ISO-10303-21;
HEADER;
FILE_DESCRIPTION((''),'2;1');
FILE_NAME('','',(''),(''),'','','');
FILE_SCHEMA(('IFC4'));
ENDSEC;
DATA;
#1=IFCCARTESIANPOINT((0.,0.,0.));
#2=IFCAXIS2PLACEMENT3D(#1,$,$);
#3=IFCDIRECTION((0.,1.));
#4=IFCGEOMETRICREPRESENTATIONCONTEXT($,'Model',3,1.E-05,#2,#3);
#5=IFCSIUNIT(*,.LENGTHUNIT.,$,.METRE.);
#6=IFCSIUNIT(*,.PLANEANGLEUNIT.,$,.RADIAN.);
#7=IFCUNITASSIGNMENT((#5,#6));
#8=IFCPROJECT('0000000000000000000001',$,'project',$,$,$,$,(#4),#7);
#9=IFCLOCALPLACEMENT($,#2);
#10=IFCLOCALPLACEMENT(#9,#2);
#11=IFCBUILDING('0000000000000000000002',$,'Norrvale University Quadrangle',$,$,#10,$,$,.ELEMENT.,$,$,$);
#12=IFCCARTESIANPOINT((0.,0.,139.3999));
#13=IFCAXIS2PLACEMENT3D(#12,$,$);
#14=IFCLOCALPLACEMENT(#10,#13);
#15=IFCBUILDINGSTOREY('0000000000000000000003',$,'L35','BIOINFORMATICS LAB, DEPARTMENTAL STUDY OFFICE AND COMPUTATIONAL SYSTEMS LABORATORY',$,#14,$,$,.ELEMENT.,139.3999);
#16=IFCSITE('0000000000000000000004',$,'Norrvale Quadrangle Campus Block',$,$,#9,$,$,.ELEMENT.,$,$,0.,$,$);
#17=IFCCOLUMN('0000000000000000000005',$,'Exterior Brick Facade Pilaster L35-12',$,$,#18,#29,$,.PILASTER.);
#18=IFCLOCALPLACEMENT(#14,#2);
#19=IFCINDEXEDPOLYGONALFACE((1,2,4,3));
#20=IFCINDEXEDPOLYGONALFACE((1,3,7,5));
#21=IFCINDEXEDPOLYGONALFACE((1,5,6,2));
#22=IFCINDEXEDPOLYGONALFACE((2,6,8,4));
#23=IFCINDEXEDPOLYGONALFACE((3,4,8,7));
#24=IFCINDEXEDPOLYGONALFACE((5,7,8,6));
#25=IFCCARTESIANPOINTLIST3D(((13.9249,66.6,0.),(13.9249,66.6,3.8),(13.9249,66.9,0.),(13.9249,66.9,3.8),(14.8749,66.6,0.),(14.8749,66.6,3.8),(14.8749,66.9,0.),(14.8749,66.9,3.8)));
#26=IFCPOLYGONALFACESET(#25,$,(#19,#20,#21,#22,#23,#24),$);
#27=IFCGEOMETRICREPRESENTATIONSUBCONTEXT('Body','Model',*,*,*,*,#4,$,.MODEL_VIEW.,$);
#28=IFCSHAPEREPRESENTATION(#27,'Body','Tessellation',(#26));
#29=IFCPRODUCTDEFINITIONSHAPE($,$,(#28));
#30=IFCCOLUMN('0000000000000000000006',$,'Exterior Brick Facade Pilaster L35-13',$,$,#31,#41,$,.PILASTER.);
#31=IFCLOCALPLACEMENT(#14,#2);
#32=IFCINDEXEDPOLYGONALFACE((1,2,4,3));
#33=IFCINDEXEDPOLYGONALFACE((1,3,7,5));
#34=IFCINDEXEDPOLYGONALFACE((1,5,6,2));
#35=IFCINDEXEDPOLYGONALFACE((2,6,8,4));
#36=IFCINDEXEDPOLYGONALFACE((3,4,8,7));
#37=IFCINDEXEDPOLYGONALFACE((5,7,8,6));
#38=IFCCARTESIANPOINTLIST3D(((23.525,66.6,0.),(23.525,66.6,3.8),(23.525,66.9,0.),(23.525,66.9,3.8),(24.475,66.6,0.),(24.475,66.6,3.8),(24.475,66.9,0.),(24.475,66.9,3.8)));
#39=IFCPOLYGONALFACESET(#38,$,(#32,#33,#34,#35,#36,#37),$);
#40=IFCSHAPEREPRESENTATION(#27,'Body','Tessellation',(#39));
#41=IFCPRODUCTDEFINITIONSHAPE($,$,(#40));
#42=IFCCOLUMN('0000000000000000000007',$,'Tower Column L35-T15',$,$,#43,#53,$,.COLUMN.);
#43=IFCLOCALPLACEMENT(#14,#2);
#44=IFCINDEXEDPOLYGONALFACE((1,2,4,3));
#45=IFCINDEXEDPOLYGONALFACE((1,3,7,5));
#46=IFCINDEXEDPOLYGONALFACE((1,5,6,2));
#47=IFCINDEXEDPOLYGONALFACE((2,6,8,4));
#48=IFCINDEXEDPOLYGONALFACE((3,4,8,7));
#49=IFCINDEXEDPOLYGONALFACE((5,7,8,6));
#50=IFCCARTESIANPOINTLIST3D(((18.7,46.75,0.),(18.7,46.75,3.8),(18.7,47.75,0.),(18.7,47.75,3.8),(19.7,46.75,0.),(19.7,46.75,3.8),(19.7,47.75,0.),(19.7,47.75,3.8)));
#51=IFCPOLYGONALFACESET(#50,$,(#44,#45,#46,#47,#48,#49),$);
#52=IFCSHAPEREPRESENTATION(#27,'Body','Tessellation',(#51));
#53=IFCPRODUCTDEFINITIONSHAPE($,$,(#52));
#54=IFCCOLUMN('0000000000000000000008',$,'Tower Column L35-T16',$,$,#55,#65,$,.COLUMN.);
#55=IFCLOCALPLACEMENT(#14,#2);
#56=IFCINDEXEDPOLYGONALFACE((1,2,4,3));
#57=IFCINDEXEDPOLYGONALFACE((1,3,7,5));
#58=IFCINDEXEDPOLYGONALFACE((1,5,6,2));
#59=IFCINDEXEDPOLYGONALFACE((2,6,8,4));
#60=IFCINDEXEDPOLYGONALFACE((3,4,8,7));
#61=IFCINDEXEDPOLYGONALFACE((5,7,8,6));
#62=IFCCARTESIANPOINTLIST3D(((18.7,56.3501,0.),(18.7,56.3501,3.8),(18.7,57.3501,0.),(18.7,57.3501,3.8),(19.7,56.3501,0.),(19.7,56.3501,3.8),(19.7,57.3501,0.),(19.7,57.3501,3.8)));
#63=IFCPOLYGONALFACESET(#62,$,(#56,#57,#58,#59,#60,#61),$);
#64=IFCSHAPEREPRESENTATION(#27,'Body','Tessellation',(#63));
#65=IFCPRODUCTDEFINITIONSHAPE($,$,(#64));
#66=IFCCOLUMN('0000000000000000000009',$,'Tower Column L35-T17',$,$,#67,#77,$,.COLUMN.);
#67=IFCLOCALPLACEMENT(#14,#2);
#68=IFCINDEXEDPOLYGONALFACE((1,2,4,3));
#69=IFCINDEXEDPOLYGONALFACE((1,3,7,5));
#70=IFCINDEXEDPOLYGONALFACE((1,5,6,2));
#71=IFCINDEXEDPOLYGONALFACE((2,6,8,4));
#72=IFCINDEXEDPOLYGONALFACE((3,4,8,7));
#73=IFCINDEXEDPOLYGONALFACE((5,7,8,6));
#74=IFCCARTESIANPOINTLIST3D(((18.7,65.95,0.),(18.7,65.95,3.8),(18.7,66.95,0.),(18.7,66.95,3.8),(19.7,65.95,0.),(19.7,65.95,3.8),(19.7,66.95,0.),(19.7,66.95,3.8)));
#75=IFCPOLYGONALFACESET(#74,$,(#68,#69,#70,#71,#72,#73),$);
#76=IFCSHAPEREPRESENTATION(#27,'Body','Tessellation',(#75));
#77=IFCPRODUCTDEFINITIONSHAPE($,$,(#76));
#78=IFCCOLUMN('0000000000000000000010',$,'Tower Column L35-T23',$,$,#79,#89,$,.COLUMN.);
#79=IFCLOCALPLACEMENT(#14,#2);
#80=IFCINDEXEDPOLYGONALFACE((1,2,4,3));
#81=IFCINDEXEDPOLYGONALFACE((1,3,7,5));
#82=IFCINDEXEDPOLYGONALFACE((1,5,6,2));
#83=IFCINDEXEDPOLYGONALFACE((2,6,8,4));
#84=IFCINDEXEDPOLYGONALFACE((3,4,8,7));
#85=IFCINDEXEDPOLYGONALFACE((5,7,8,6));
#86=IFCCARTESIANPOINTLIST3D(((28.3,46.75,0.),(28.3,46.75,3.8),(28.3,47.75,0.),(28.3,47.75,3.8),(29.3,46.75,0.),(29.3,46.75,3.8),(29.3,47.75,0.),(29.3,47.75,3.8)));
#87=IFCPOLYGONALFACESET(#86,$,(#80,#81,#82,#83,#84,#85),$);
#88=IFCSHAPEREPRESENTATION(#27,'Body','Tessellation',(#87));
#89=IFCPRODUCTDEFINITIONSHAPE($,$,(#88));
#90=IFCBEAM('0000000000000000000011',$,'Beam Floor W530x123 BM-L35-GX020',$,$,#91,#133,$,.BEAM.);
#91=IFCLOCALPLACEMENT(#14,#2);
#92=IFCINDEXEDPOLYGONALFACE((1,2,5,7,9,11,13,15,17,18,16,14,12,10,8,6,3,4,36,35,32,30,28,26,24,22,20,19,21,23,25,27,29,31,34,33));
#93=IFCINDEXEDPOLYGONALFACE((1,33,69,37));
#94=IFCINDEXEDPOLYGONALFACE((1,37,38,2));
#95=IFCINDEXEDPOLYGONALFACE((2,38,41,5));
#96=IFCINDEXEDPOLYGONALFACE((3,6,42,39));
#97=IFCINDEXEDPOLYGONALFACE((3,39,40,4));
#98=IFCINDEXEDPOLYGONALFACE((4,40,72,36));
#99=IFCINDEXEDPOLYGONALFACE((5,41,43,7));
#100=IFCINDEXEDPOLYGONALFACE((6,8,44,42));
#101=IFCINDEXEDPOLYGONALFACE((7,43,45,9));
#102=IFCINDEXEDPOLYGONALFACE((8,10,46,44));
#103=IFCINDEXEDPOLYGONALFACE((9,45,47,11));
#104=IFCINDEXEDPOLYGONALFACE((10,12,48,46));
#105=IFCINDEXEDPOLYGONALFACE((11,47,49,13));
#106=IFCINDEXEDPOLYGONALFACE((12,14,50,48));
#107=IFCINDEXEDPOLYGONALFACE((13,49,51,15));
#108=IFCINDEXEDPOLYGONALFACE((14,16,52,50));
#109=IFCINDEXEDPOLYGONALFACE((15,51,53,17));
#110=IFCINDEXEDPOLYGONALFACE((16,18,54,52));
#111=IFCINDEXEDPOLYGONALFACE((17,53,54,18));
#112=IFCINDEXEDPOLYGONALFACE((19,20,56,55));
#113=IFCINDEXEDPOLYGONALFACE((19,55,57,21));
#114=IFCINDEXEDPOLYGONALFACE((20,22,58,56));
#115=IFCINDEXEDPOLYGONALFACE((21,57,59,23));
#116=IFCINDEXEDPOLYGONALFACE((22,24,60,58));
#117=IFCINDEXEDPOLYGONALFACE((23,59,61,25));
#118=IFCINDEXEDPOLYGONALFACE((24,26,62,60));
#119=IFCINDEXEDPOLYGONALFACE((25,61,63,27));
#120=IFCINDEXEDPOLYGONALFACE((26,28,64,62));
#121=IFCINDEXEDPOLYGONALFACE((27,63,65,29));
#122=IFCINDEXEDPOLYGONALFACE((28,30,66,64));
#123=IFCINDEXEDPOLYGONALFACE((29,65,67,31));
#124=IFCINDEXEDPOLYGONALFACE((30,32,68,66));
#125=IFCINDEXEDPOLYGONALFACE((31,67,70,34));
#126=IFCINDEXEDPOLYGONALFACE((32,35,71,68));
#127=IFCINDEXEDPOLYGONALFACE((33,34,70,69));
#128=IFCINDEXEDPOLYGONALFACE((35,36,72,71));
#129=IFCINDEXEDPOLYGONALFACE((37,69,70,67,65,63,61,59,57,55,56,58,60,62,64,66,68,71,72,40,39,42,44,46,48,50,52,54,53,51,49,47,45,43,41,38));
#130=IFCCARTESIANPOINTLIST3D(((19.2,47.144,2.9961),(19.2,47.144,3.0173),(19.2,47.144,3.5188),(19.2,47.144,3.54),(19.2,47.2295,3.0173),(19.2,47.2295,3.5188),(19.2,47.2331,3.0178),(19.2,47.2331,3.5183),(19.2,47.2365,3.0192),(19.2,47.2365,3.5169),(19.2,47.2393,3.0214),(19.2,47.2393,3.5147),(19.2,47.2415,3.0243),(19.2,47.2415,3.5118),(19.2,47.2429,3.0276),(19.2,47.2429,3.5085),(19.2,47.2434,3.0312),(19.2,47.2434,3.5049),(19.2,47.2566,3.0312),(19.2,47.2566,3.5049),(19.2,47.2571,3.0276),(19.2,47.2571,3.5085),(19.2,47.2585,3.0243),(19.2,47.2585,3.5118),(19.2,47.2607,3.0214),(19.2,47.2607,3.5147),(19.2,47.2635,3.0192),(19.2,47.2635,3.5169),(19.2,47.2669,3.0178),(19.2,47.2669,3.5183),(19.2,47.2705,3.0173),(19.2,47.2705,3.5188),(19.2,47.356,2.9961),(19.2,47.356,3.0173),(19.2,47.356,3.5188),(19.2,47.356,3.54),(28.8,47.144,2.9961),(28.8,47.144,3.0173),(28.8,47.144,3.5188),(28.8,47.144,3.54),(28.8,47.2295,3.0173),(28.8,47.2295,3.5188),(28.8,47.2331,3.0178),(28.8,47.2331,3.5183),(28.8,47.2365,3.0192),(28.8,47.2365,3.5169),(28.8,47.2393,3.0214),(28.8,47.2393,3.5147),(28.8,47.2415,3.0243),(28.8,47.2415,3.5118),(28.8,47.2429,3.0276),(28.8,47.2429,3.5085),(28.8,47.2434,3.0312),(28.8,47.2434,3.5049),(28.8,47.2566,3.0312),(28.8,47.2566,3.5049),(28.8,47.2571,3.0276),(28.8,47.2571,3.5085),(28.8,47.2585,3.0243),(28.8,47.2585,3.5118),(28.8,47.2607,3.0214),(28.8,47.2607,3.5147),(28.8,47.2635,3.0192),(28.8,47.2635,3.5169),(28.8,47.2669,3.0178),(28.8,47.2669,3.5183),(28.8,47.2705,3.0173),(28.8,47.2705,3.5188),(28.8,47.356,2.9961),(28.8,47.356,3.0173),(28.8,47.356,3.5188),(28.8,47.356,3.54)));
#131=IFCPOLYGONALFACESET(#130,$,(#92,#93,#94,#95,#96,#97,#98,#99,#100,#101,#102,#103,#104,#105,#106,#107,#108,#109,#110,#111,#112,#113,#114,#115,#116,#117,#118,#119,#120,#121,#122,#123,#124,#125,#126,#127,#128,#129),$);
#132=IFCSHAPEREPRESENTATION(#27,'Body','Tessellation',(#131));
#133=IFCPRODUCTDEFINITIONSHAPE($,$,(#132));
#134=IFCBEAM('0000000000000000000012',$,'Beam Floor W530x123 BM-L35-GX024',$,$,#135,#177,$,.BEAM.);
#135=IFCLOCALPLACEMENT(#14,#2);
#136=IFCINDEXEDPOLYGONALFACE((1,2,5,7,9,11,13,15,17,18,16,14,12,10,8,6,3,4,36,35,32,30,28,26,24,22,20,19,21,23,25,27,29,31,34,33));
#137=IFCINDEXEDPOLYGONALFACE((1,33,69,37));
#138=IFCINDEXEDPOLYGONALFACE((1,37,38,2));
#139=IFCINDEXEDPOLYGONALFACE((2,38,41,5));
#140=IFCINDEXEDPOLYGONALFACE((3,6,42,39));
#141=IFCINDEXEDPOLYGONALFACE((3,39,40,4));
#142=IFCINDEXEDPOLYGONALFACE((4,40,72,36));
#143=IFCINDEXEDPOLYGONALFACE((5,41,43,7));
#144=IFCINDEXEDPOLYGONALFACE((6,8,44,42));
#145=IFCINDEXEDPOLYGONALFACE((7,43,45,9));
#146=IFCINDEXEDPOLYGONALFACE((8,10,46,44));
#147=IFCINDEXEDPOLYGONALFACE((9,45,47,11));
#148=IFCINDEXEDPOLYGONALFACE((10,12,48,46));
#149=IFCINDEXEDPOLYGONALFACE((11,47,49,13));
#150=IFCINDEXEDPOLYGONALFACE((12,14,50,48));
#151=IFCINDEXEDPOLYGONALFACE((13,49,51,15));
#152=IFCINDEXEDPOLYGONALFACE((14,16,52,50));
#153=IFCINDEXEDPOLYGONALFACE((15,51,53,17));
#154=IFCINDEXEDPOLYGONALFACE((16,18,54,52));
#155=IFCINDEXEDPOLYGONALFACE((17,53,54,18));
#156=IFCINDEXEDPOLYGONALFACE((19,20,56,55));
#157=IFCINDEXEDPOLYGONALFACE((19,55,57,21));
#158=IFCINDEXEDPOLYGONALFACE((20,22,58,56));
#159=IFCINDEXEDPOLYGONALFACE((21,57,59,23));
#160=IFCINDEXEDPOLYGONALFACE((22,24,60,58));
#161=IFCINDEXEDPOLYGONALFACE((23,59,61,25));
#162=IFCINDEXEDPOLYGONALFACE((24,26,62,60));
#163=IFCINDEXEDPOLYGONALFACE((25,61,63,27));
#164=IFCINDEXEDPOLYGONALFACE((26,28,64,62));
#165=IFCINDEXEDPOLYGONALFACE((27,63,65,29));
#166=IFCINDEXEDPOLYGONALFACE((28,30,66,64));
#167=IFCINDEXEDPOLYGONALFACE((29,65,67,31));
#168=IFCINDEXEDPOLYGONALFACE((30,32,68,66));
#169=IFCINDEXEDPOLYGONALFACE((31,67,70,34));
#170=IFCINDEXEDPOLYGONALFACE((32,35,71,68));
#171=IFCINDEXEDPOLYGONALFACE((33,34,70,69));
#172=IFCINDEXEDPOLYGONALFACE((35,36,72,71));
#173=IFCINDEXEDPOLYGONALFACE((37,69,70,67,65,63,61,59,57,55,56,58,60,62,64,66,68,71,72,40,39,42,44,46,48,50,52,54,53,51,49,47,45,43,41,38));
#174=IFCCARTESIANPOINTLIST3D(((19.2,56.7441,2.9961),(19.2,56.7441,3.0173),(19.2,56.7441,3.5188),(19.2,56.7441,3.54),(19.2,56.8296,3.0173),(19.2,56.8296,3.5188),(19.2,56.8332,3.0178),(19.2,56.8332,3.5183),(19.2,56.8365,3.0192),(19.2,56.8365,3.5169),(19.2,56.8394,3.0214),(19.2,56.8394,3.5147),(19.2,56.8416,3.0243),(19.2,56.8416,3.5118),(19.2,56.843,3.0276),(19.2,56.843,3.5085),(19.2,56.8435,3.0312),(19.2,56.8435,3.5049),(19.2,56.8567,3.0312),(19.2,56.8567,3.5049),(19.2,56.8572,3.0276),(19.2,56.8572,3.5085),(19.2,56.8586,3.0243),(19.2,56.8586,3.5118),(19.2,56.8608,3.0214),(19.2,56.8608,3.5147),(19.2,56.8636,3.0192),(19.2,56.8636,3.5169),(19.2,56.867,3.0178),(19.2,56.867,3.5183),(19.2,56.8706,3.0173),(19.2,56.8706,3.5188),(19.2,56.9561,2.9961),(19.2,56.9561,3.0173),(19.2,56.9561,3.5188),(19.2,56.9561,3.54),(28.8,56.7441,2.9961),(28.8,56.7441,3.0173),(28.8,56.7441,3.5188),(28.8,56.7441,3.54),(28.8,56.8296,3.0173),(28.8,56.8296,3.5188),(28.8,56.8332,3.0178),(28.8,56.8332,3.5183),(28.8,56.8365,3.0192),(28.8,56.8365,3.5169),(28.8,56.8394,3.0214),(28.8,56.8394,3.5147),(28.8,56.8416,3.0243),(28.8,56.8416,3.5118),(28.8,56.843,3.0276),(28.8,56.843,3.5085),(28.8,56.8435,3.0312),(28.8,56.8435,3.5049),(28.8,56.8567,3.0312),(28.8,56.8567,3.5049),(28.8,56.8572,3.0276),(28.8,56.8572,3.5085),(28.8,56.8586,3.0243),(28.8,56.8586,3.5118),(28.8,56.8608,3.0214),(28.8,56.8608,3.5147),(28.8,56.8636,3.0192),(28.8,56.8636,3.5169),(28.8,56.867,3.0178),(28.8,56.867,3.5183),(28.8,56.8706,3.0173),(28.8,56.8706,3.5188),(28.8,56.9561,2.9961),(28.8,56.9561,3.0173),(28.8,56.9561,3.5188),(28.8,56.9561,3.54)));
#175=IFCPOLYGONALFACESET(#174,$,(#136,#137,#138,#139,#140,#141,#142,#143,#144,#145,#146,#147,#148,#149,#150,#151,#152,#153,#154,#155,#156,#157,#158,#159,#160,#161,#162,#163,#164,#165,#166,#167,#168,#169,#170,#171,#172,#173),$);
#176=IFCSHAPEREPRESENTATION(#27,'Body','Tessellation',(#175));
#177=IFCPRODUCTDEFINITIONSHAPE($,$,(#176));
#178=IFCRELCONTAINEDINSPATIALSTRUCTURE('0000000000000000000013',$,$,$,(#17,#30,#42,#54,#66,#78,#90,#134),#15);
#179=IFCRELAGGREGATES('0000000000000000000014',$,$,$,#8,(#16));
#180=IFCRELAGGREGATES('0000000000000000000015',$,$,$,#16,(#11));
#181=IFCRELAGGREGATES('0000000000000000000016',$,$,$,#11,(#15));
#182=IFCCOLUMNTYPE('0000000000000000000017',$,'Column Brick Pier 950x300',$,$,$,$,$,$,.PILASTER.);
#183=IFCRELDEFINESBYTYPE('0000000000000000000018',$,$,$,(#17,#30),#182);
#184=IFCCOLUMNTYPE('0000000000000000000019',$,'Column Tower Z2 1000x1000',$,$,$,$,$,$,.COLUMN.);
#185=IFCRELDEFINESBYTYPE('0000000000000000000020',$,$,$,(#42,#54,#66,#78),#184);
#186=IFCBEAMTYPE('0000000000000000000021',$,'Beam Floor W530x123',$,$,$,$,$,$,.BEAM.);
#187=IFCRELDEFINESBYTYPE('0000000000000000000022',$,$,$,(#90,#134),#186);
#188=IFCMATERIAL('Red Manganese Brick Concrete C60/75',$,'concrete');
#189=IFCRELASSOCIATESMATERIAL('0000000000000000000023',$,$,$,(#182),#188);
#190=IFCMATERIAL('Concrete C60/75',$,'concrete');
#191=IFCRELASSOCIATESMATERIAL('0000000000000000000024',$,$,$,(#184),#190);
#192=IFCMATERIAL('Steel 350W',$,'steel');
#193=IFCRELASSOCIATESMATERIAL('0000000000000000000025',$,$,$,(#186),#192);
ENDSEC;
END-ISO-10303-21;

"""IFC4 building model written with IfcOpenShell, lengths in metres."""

from ifc_helpers import new_model, si_unit, direction, frame, origin, origin_2d, place, context, subcontext, project, spatial, rectangle, i_section, extrude, material, material_profile, profile_set, type_object, element, save


model = new_model("IFC4")

# Units and contexts
model_context = context("Model", 3, precision=1e-05, world=origin(), true_north=direction((0.0, 1.0)))
body_context = subcontext(model_context, "Body", "Model", "MODEL_VIEW")
ifc_project = project(units=[si_unit("LENGTHUNIT", "METRE"), si_unit("PLANEANGLEUNIT", "RADIAN")], contexts=[model_context])

# Site, building, storey
site_placement = place(None, origin())
site = spatial("IfcSite", under=ifc_project, at=site_placement, Name="Norrvale Quadrangle Campus Block", CompositionType="ELEMENT", RefElevation=0.0)
building_placement = place(site_placement, origin())
building = spatial("IfcBuilding", under=site, at=building_placement, Name="Norrvale University Quadrangle", CompositionType="ELEMENT")
storey_placement = place(building_placement, frame((0.0, 0.0, 139.3999)))
storey = spatial("IfcBuildingStorey", under=building, at=storey_placement, Name="L35", Description="BIOINFORMATICS LAB, DEPARTMENTAL STUDY OFFICE AND COMPUTATIONAL SYSTEMS LABORATORY", CompositionType="ELEMENT", Elevation=139.3999)

# Columns
ifc_material_1 = material(Name="Red Manganese Brick Concrete C60/75", Category="concrete")
ifc_material_profile_1 = material_profile(ifc_material_1, rectangle(XDim=0.95, YDim=0.3, at=origin_2d()), Name="Red Manganese Brick Concrete C60/75")
ifc_profile_set_1 = profile_set([ifc_material_profile_1], Name="Red Manganese Brick Concrete C60/75")
column_type_1 = type_object("IfcColumnType", Name="Column Brick Pier 950x300", PredefinedType="PILASTER", material=ifc_profile_set_1)
for number, where, z_axis, x_axis, name in (
    (1, (14.3999, 66.75, 0.0), (0.0, 0.0, 1.0), (1.0, 0.0, 0.0), "Exterior Brick Facade Pilaster L35-12"),
    (2, (24.0, 66.75, 0.0), (0.0, 0.0, 1.0), (1.0, 0.0, 0.0), "Exterior Brick Facade Pilaster L35-13"),
):
    element("IfcColumn", number, at=place(storey_placement, frame(where, z_axis=z_axis, x_axis=x_axis)), inside=storey, type_object=column_type_1, Name=name, PredefinedType="PILASTER", context=body_context, shape_type="SweptSolid", body=[
        extrude(rectangle(XDim=0.95, YDim=0.3, at=origin_2d()), origin(), (0.0, 0.0, 1.0), 3.8),
    ])
ifc_material_2 = material(Name="Concrete C60/75", Category="concrete")
ifc_material_profile_2 = material_profile(ifc_material_2, rectangle(XDim=1.0, YDim=1.0, at=origin_2d()), Name="Concrete C60/75")
ifc_profile_set_2 = profile_set([ifc_material_profile_2], Name="Concrete C60/75")
column_type_2 = type_object("IfcColumnType", Name="Column Tower Z2 1000x1000", PredefinedType="COLUMN", material=ifc_profile_set_2)
for number, where, z_axis, x_axis, name in (
    (3, (19.2, 47.25, 0.0), (0.0, 0.0, 1.0), (1.0, 0.0, 0.0), "Tower Column L35-T15"),
    (4, (19.2, 56.8501, 0.0), (0.0, 0.0, 1.0), (1.0, 0.0, 0.0), "Tower Column L35-T16"),
    (5, (19.2, 66.45, 0.0), (0.0, 0.0, 1.0), (1.0, 0.0, 0.0), "Tower Column L35-T17"),
    (6, (28.8, 47.25, 0.0), (0.0, 0.0, 1.0), (1.0, 0.0, 0.0), "Tower Column L35-T23"),
):
    element("IfcColumn", number, at=place(storey_placement, frame(where, z_axis=z_axis, x_axis=x_axis)), inside=storey, type_object=column_type_2, Name=name, PredefinedType="COLUMN", context=body_context, shape_type="SweptSolid", body=[
        extrude(rectangle(XDim=1.0, YDim=1.0, at=origin_2d()), origin(), (0.0, 0.0, 1.0), 3.8),
    ])

# Beams
ifc_material_3 = material(Name="Steel 350W", Category="steel")
ifc_material_profile_3 = material_profile(ifc_material_3, i_section(OverallWidth=0.2119, OverallDepth=0.5439, WebThickness=0.0132, FlangeThickness=0.0212, FilletRadius=0.0139, at=origin_2d()), Name="Steel 350W")
ifc_profile_set_3 = profile_set([ifc_material_profile_3], Name="Steel 350W")
beam_type_1 = type_object("IfcBeamType", Name="Beam Floor W530x123", PredefinedType="BEAM", material=ifc_profile_set_3)
for number, where, z_axis, x_axis, name in (
    (7, (19.2, 47.25, 3.2681), (1.0, 0.0, 0.0), (0.0, 1.0, 0.0), "Beam Floor W530x123 BM-L35-GX020"),
    (8, (19.2, 56.8501, 3.2681), (1.0, 0.0, 0.0), (0.0, 1.0, 0.0), "Beam Floor W530x123 BM-L35-GX024"),
):
    element("IfcBeam", number, at=place(storey_placement, frame(where, z_axis=z_axis, x_axis=x_axis)), inside=storey, type_object=beam_type_1, Name=name, PredefinedType="BEAM", context=body_context, shape_type="SweptSolid", body=[
        extrude(i_section(OverallWidth=0.2119, OverallDepth=0.5439, WebThickness=0.0132, FlangeThickness=0.0212, FilletRadius=0.0139, at=origin_2d()), origin(), (0.0, 0.0, 1.0), 9.6001),
    ])

save(model, "model.ifc")
